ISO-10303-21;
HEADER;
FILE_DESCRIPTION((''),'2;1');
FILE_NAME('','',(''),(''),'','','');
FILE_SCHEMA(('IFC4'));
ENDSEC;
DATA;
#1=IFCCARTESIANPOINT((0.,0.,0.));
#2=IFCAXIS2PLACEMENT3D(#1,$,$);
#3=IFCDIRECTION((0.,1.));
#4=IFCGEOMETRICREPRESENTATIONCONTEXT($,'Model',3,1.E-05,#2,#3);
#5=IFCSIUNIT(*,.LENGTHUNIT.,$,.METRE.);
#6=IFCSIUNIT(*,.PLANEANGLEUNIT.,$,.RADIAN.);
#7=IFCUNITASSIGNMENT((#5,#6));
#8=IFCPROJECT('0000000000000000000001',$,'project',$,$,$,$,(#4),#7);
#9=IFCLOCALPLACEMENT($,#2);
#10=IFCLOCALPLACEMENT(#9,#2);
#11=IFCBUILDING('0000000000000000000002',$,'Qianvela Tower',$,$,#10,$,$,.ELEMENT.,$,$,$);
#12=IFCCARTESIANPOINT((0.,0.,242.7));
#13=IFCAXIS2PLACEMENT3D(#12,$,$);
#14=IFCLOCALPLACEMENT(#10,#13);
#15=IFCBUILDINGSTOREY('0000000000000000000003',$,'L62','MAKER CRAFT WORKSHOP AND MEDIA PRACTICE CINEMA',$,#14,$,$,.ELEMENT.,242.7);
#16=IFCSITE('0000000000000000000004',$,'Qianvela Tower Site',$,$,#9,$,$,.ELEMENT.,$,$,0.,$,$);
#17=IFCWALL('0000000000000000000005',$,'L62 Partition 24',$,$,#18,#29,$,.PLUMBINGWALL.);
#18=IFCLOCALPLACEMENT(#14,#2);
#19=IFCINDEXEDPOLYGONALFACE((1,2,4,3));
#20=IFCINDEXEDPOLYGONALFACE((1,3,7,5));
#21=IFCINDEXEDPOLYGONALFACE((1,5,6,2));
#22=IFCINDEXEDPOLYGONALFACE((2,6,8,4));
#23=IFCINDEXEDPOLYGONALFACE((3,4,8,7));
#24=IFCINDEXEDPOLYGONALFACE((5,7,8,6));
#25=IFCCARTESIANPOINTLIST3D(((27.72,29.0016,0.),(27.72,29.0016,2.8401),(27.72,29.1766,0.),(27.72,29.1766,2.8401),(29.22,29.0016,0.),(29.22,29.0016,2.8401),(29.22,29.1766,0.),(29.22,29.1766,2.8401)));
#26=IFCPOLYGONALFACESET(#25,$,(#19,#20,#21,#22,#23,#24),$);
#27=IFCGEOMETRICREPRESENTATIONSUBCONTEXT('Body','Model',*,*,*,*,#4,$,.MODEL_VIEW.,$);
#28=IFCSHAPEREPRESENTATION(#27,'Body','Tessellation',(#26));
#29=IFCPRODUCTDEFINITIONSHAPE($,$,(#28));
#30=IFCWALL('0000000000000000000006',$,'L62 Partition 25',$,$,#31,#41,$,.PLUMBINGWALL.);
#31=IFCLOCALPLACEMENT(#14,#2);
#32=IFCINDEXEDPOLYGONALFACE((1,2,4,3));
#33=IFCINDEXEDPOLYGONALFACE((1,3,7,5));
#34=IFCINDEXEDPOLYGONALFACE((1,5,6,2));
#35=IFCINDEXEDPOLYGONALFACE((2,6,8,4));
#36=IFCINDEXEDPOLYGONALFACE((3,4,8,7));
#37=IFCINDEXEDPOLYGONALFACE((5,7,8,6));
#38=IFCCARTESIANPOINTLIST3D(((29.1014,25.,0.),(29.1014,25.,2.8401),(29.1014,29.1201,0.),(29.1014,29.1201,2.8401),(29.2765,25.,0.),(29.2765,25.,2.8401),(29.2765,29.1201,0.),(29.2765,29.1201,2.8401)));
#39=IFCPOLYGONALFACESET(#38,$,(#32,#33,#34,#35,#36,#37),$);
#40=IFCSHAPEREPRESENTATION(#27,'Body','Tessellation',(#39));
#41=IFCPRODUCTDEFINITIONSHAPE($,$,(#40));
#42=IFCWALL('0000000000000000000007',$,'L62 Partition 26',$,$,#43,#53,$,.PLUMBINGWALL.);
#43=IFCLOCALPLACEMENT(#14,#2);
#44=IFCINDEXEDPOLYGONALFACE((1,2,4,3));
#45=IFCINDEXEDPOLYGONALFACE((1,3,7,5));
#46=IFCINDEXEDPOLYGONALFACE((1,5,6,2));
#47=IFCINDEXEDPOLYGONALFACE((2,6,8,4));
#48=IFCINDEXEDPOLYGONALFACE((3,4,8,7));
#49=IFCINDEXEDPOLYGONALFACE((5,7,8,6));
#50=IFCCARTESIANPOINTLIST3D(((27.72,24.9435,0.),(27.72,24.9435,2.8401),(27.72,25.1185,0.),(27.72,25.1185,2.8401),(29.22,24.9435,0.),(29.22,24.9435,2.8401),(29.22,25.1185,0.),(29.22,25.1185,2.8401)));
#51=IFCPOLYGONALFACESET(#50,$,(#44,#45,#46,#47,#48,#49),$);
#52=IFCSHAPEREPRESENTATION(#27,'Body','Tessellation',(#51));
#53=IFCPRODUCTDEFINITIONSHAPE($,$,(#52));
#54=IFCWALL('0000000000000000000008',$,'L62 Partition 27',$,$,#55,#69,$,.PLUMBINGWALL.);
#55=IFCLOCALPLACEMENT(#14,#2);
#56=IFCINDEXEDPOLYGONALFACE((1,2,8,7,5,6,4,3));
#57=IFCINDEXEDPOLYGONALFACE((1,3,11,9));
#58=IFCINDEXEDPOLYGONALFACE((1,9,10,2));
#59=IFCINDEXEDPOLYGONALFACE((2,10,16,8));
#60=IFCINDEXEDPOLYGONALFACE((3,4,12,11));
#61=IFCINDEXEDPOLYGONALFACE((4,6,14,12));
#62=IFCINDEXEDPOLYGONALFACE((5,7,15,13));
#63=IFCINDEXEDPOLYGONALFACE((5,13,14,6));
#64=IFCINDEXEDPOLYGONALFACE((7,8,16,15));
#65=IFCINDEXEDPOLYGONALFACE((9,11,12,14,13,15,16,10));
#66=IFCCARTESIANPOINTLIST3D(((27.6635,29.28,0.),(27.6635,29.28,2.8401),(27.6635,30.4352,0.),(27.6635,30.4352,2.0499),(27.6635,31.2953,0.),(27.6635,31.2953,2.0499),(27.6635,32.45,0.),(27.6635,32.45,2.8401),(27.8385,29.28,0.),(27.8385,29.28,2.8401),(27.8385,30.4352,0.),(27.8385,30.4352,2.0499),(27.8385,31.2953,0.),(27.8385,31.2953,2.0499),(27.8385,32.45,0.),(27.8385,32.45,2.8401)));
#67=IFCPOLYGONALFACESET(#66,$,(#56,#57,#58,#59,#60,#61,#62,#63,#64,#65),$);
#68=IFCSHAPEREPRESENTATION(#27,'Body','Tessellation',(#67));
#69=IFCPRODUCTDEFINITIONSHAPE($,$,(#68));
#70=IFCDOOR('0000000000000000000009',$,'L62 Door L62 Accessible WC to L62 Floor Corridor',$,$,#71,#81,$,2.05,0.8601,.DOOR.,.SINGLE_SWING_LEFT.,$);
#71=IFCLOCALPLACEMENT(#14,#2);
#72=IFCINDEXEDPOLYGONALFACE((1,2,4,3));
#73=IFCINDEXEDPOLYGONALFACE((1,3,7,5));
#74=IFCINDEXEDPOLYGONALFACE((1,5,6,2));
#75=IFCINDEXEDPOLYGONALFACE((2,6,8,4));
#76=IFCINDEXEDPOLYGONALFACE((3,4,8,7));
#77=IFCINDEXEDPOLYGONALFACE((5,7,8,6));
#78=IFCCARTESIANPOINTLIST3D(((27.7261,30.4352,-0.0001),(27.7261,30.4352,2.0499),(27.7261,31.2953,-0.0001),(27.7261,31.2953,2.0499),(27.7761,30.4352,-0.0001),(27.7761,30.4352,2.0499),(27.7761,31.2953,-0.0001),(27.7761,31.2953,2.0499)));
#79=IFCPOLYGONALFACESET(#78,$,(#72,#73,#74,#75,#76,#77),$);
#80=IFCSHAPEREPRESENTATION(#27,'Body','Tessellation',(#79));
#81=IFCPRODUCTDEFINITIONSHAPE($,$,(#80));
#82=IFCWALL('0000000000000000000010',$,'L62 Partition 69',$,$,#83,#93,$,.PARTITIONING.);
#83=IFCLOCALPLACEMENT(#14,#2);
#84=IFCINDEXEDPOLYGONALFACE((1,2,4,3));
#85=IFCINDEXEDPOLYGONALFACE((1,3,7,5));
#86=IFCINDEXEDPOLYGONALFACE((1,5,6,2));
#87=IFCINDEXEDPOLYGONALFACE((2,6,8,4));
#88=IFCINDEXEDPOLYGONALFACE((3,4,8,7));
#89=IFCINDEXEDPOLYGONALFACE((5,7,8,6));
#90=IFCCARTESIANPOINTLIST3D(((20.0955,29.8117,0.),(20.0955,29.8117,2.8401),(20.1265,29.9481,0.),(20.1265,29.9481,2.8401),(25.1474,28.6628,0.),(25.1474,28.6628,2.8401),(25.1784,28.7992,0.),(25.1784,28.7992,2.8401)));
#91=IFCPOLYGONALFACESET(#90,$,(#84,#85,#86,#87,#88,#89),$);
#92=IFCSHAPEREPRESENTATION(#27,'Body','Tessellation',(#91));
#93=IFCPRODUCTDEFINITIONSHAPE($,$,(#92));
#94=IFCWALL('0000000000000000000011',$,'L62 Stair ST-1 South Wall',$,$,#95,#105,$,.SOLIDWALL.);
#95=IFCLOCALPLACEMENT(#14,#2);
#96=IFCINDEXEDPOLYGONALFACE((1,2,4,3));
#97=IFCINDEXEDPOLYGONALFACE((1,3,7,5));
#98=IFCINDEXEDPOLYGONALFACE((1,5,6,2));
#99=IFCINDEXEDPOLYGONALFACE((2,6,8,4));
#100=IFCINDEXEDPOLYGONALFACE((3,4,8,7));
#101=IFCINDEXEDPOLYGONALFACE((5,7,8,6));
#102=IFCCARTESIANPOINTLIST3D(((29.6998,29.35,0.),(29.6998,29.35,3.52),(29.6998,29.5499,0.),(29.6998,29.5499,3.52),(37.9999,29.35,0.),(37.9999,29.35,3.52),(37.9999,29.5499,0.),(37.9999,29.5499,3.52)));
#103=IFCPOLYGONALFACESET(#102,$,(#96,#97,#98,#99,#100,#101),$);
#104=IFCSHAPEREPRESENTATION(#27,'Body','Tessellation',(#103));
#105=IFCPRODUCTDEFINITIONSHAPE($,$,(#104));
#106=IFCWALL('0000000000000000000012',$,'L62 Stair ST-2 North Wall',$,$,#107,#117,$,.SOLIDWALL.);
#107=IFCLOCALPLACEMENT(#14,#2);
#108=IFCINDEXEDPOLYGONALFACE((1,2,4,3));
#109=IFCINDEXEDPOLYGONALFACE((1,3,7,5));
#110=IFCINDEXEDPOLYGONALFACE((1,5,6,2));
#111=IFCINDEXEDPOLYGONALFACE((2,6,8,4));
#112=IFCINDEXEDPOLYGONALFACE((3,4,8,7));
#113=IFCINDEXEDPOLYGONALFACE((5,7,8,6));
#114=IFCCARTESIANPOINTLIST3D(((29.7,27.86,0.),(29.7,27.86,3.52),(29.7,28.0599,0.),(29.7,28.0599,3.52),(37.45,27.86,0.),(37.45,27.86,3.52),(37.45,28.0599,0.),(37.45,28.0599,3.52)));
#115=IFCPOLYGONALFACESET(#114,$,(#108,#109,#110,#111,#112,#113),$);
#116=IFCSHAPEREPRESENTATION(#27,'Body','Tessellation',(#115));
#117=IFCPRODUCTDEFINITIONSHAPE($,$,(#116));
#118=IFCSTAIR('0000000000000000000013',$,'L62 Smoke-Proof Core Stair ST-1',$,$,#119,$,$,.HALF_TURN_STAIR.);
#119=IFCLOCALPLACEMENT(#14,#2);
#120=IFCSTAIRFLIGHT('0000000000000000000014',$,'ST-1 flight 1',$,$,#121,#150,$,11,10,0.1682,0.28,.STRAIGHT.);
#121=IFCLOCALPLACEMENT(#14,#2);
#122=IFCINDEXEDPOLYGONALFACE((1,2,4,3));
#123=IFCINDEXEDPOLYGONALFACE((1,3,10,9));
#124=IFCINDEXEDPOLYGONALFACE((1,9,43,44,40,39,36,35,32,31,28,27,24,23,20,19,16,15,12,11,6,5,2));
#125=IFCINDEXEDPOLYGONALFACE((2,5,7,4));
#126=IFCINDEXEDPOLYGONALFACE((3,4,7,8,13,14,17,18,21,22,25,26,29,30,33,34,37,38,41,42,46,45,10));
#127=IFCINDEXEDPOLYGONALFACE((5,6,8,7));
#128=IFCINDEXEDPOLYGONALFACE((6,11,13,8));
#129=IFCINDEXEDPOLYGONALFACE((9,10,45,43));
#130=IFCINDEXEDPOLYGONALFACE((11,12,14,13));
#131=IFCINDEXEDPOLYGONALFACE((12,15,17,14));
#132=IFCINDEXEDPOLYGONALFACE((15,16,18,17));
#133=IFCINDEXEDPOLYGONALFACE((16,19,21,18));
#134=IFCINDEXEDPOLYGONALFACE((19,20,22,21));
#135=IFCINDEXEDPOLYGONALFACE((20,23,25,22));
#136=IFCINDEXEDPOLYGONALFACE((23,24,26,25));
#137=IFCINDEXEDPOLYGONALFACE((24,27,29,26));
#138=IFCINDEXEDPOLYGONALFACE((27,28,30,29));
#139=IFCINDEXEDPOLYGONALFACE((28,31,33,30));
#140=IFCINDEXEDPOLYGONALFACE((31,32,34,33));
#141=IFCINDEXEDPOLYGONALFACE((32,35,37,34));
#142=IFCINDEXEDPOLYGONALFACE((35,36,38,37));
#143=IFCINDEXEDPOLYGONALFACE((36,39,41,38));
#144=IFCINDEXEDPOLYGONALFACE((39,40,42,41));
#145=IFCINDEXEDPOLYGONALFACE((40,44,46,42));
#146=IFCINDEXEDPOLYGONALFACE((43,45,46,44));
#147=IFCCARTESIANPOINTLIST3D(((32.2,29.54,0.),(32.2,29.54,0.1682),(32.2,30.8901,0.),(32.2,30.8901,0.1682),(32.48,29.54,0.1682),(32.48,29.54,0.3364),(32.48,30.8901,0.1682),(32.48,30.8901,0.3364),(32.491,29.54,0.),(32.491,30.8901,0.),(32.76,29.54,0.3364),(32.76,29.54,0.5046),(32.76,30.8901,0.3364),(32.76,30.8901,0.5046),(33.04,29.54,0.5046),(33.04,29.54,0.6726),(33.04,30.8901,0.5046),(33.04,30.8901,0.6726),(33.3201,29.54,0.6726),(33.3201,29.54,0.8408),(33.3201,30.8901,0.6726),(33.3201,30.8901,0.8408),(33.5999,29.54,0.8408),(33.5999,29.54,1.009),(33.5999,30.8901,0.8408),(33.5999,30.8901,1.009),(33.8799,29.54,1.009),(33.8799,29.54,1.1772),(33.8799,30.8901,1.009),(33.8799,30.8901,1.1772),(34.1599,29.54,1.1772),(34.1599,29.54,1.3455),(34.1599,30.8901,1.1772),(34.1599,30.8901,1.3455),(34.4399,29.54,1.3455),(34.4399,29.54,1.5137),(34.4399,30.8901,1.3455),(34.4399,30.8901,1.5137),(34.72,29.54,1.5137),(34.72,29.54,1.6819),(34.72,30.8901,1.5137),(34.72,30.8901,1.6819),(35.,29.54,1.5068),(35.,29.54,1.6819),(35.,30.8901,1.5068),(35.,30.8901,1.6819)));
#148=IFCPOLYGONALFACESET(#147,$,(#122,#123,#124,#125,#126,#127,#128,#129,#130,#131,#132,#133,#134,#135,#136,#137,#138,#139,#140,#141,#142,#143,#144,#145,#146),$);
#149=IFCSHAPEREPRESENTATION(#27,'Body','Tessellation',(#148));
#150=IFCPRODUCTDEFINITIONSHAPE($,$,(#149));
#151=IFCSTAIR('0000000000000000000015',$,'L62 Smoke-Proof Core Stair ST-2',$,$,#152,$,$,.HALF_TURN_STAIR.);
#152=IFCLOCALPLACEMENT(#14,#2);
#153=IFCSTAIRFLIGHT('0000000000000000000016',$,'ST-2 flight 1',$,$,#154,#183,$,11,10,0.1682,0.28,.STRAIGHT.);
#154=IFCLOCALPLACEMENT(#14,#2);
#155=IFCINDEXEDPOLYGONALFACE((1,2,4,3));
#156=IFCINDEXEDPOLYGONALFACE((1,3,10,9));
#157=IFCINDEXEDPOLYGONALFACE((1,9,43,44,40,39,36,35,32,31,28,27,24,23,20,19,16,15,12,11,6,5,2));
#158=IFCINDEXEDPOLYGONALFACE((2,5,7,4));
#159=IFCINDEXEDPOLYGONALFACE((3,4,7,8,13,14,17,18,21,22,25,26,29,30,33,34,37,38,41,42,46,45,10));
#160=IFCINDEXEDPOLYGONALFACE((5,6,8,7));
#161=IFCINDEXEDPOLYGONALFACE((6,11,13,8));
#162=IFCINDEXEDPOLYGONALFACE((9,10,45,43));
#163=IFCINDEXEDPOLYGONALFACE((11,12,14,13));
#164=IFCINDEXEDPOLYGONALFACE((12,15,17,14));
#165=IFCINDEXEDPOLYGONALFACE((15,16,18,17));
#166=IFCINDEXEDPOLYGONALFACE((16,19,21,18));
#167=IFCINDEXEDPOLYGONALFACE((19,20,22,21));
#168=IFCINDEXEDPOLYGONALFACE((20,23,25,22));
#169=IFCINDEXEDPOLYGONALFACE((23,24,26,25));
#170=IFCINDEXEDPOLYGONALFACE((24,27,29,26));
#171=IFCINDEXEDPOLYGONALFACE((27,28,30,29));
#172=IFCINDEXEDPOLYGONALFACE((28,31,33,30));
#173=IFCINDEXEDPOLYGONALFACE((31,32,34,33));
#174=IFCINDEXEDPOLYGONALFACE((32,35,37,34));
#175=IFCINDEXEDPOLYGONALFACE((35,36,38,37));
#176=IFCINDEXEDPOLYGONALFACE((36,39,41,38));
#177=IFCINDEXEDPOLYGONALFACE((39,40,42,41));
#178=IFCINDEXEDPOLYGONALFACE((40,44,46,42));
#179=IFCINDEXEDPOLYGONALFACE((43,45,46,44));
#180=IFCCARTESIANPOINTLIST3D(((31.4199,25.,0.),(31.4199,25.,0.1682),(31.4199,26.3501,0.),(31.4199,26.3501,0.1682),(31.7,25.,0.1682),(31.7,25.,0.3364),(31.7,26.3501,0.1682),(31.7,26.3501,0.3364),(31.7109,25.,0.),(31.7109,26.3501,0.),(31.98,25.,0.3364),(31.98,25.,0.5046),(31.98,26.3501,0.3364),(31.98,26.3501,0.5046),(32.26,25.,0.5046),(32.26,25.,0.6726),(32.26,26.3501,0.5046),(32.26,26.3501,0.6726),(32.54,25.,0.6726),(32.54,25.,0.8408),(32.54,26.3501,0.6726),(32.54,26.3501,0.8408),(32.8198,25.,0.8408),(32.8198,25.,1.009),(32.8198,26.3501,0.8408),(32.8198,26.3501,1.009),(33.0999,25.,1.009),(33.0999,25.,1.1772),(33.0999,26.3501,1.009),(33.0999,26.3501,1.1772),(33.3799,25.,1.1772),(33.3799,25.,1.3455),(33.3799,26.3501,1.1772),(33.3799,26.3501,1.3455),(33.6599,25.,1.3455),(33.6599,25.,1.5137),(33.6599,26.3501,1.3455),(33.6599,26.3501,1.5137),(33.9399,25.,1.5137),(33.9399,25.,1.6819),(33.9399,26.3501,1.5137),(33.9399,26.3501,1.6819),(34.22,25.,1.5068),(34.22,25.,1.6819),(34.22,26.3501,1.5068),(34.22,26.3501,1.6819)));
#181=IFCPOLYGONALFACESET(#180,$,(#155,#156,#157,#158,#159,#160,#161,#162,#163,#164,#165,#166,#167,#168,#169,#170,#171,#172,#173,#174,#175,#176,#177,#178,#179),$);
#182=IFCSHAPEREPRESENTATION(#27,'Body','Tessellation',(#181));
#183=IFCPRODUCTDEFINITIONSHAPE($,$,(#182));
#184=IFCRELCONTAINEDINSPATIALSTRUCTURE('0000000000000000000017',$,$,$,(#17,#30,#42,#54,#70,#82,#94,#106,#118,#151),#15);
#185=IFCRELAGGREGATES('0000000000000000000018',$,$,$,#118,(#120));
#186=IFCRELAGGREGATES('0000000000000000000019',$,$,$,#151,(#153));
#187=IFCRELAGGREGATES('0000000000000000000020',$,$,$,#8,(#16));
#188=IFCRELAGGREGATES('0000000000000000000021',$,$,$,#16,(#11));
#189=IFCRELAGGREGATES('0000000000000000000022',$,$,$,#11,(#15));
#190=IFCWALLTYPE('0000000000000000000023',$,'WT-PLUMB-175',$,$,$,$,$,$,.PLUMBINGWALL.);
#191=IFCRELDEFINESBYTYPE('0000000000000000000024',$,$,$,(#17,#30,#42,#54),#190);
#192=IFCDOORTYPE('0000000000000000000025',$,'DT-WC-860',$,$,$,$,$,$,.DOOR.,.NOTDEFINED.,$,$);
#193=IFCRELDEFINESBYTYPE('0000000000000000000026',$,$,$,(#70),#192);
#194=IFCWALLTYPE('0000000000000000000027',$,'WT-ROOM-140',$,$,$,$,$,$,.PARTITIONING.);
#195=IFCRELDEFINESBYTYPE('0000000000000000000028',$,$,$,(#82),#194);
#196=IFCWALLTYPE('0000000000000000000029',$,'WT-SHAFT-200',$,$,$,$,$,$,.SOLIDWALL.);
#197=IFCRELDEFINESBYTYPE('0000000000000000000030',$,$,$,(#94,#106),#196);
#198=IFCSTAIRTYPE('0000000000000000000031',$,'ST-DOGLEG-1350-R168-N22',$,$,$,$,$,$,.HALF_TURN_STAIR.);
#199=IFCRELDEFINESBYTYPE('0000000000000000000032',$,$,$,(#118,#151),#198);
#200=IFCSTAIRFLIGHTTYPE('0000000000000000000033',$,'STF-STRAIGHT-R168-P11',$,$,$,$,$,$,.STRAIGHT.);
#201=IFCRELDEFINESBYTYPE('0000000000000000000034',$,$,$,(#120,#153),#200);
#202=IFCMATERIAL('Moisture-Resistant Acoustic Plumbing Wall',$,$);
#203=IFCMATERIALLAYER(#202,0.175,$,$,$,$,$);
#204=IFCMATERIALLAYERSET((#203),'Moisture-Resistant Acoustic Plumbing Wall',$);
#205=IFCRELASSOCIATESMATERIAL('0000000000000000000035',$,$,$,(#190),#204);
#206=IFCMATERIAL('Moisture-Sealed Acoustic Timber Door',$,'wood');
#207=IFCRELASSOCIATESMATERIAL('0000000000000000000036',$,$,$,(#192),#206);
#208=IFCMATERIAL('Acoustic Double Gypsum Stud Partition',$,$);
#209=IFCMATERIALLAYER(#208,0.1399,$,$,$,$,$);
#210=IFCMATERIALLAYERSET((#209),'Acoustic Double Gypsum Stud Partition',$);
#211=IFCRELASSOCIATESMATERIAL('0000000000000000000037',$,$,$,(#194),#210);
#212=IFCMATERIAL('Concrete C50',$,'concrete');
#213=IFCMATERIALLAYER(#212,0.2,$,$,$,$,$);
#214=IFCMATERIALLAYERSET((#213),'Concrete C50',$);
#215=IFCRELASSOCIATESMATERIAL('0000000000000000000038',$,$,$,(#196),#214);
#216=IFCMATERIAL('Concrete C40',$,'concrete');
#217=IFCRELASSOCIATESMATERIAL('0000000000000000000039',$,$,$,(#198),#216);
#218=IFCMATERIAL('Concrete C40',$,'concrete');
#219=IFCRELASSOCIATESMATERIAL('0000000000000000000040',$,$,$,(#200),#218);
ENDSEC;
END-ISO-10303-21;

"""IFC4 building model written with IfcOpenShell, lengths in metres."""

from ifc_helpers import new_model, si_unit, direction, frame, frame_2d, origin, place, context, subcontext, project, spatial, polyline, rectangle, outline, extrude, material, layer, layer_set, type_object, element, fill, aggregate, save


model = new_model("IFC4")

# Units and contexts
model_context = context("Model", 3, precision=1e-05, world=origin(), true_north=direction((0.0, 1.0)))
body_context = subcontext(model_context, "Body", "Model", "MODEL_VIEW")
ifc_project = project(units=[si_unit("LENGTHUNIT", "METRE"), si_unit("PLANEANGLEUNIT", "RADIAN")], contexts=[model_context])

# Site, building, storey
site_placement = place(None, origin())
site = spatial("IfcSite", under=ifc_project, at=site_placement, Name="Qianvela Tower Site", CompositionType="ELEMENT", RefElevation=0.0)
building_placement = place(site_placement, origin())
building = spatial("IfcBuilding", under=site, at=building_placement, Name="Qianvela Tower", CompositionType="ELEMENT")
storey_placement = place(building_placement, frame((0.0, 0.0, 242.7)))
storey = spatial("IfcBuildingStorey", under=building, at=storey_placement, Name="L62", Description="MAKER CRAFT WORKSHOP AND MEDIA PRACTICE CINEMA", CompositionType="ELEMENT", Elevation=242.7)

# Shared definitions
ifc_material_1 = material(Name="Moisture-Resistant Acoustic Plumbing Wall")
ifc_layer_1 = layer(ifc_material_1, 0.175)
ifc_layer_set_1 = layer_set([ifc_layer_1], Name="Moisture-Resistant Acoustic Plumbing Wall")
wall_type_1 = type_object("IfcWallType", Name="WT-PLUMB-175", PredefinedType="PLUMBINGWALL", material=ifc_layer_set_1)

# Walls
wall_1_placement = place(storey_placement, frame((27.72, 29.0891, 0.0), z_axis=(0.0, 0.0, 1.0), x_axis=(1.0, 0.0, 0.0)))
element("IfcWall", 1, at=wall_1_placement, inside=storey, type_object=wall_type_1, Name="L62 Partition 24", PredefinedType="PLUMBINGWALL", context=body_context, shape_type="SweptSolid", body=[
    extrude(rectangle(XDim=1.5, YDim=0.175, at=frame_2d((0.75, 0.0))), origin(), (0.0, 0.0, 1.0), 2.8401),
])
wall_2_placement = place(storey_placement, frame((29.189, 29.1201, 0.0), z_axis=(0.0, 0.0, 1.0), x_axis=(0.0, -1.0, 0.0)))
element("IfcWall", 2, at=wall_2_placement, inside=storey, type_object=wall_type_1, Name="L62 Partition 25", PredefinedType="PLUMBINGWALL", context=body_context, shape_type="SweptSolid", body=[
    extrude(rectangle(XDim=4.1201, YDim=0.175, at=frame_2d((2.0601, 0.0))), origin(), (0.0, 0.0, 1.0), 2.8401),
])
wall_3_placement = place(storey_placement, frame((29.22, 25.031, 0.0), z_axis=(0.0, 0.0, 1.0), x_axis=(-1.0, 0.0, 0.0)))
element("IfcWall", 3, at=wall_3_placement, inside=storey, type_object=wall_type_1, Name="L62 Partition 26", PredefinedType="PLUMBINGWALL", context=body_context, shape_type="SweptSolid", body=[
    extrude(rectangle(XDim=1.5, YDim=0.175, at=frame_2d((0.75, 0.0))), origin(), (0.0, 0.0, 1.0), 2.8401),
])

# Wall, opening, door
wall_4_placement = place(storey_placement, frame((27.751, 29.28, 0.0), z_axis=(0.0, 0.0, 1.0), x_axis=(0.0, 1.0, 0.0)))
wall_4 = element("IfcWall", 4, at=wall_4_placement, inside=storey, type_object=wall_type_1, Name="L62 Partition 27", PredefinedType="PLUMBINGWALL", context=body_context, shape_type="SweptSolid", body=[
    extrude(rectangle(XDim=3.1699, YDim=0.175, at=frame_2d((1.585, 0.0))), origin(), (0.0, 0.0, 1.0), 2.8401),
])
opening_1_placement = place(wall_4_placement, frame((1.155, 0.0, 0.0)))
opening_1 = element("IfcOpeningElement", 5, at=opening_1_placement, cuts=wall_4, PredefinedType="OPENING", context=body_context, shape_type="SweptSolid", body=[
    extrude(rectangle(XDim=0.8601, YDim=2.05, at=frame_2d((0.4302, 1.0249))), frame((0.0, 0.0974, 0.0), z_axis=(0.0, -1.0, 0.0), x_axis=(1.0, 0.0, 0.0)), (0.0, 0.0, 1.0), 0.1951),
])
ifc_material_2 = material(Name="Moisture-Sealed Acoustic Timber Door", Category="wood")
door_type_1 = type_object("IfcDoorType", Name="DT-WC-860", OperationType="NOTDEFINED", PredefinedType="DOOR", material=ifc_material_2)
door_1_placement = place(opening_1_placement, origin())
door_1 = element("IfcDoor", 6, at=door_1_placement, inside=storey, type_object=door_type_1, Name="L62 Door L62 Accessible WC to L62 Floor Corridor", OperationType="SINGLE_SWING_LEFT", OverallHeight=2.05, OverallWidth=0.8601, PredefinedType="DOOR", context=body_context, shape_type="SweptSolid", body=[
    extrude(rectangle(XDim=0.8601, YDim=2.05, at=frame_2d((0.4302, 1.0249))), frame((0.0, 0.0249, 0.0), z_axis=(0.0, -1.0, 0.0), x_axis=(1.0, 0.0, 0.0)), (0.0, 0.0, 1.0), 0.05),
])
fill(opening_1, door_1)

# Walls
ifc_material_3 = material(Name="Acoustic Double Gypsum Stud Partition")
ifc_layer_2 = layer(ifc_material_3, 0.1399)
ifc_layer_set_2 = layer_set([ifc_layer_2], Name="Acoustic Double Gypsum Stud Partition")
wall_type_2 = type_object("IfcWallType", Name="WT-ROOM-140", PredefinedType="PARTITIONING", material=ifc_layer_set_2)
wall_5_placement = place(storey_placement, frame((20.1111, 29.8799, 0.0), z_axis=(0.0, 0.0, 1.0), x_axis=(0.975102, -0.221758, 0.0)))
element("IfcWall", 7, at=wall_5_placement, inside=storey, type_object=wall_type_2, Name="L62 Partition 69", PredefinedType="PARTITIONING", context=body_context, shape_type="SweptSolid", body=[
    extrude(rectangle(XDim=5.1809, YDim=0.1399, at=frame_2d((2.5903, 0.0))), origin(), (0.0, 0.0, 1.0), 2.8401),
])
ifc_material_4 = material(Name="Concrete C50", Category="concrete")
ifc_layer_3 = layer(ifc_material_4, 0.2)
ifc_layer_set_3 = layer_set([ifc_layer_3], Name="Concrete C50")
wall_type_3 = type_object("IfcWallType", Name="WT-SHAFT-200", PredefinedType="SOLIDWALL", material=ifc_layer_set_3)
wall_6_placement = place(storey_placement, frame((29.7, 29.45, 0.0), z_axis=(0.0, 0.0, 1.0), x_axis=(1.0, 0.0, 0.0)))
element("IfcWall", 8, at=wall_6_placement, inside=storey, type_object=wall_type_3, Name="L62 Stair ST-1 South Wall", PredefinedType="SOLIDWALL", context=body_context, shape_type="SweptSolid", body=[
    extrude(rectangle(XDim=8.3, YDim=0.2, at=frame_2d((4.1499, 0.0))), origin(), (0.0, 0.0, 1.0), 3.52),
])
wall_7_placement = place(storey_placement, frame((29.7, 27.96, 0.0), z_axis=(0.0, 0.0, 1.0), x_axis=(1.0, 0.0, 0.0)))
element("IfcWall", 9, at=wall_7_placement, inside=storey, type_object=wall_type_3, Name="L62 Stair ST-2 North Wall", PredefinedType="SOLIDWALL", context=body_context, shape_type="SweptSolid", body=[
    extrude(rectangle(XDim=7.75, YDim=0.2, at=frame_2d((3.875, 0.0))), origin(), (0.0, 0.0, 1.0), 3.52),
])

# Stairs, stair flights
ifc_material_5 = material(Name="Concrete C40", Category="concrete")
stair_type = type_object("IfcStairType", Name="ST-DOGLEG-1350-R168-N22", PredefinedType="HALF_TURN_STAIR", material=ifc_material_5)
stair_1_placement = place(storey_placement, origin())
stair_1 = element("IfcStair", 10, at=stair_1_placement, inside=storey, type_object=stair_type, Name="L62 Smoke-Proof Core Stair ST-1", PredefinedType="HALF_TURN_STAIR")
ifc_material_6 = material(Name="Concrete C40", Category="concrete")
stair_flight_type = type_object("IfcStairFlightType", Name="STF-STRAIGHT-R168-P11", PredefinedType="STRAIGHT", material=ifc_material_6)
stair_flight_1_placement = place(storey_placement, frame((32.2, 30.2151, 0.0), z_axis=(0.0, 0.0, 1.0), x_axis=(1.0, 0.0, 0.0)))
stair_flight_1 = element("IfcStairFlight", 11, at=stair_flight_1_placement, type_object=stair_flight_type, Name="ST-1 flight 1", NumberOfRisers=11, NumberOfTreads=10, PredefinedType="STRAIGHT", RiserHeight=0.1682, TreadLength=0.28, context=body_context, shape_type="SweptSolid", body=[
    extrude(outline(polyline([(0.0, 0.0), (0.0, 0.1682), (0.28, 0.1682), (0.28, 0.3364), (0.5601, 0.3364), (0.5601, 0.5046), (0.8401, 0.5046), (0.8401, 0.6726), (1.1201, 0.6726), (1.1201, 0.8408), (1.3999, 0.8408), (1.3999, 1.009), (1.6799, 1.009), (1.6799, 1.1772), (1.96, 1.1772), (1.96, 1.3455), (2.24, 1.3455), (2.24, 1.5137), (2.52, 1.5137), (2.52, 1.6819), (2.8, 1.6819), (2.8, 1.8501), (2.8, 1.5068), (0.291, 0.0), (0.0, 0.0)])), frame((0.0, 0.675, 0.0), z_axis=(0.0, -1.0, 0.0), x_axis=(1.0, 0.0, 0.0)), (0.0, 0.0, 1.0), 1.3501),
])
aggregate(stair_1, [stair_flight_1])
stair_2_placement = place(storey_placement, origin())
stair_2 = element("IfcStair", 12, at=stair_2_placement, inside=storey, type_object=stair_type, Name="L62 Smoke-Proof Core Stair ST-2", PredefinedType="HALF_TURN_STAIR")
stair_flight_2_placement = place(storey_placement, frame((31.4199, 25.675, 0.0), z_axis=(0.0, 0.0, 1.0), x_axis=(1.0, 0.0, 0.0)))
stair_flight_2 = element("IfcStairFlight", 13, at=stair_flight_2_placement, type_object=stair_flight_type, Name="ST-2 flight 1", NumberOfRisers=11, NumberOfTreads=10, PredefinedType="STRAIGHT", RiserHeight=0.1682, TreadLength=0.28, context=body_context, shape_type="SweptSolid", body=[
    extrude(outline(polyline([(0.0, 0.0), (0.0, 0.1682), (0.28, 0.1682), (0.28, 0.3364), (0.5601, 0.3364), (0.5601, 0.5046), (0.8401, 0.5046), (0.8401, 0.6726), (1.1201, 0.6726), (1.1201, 0.8408), (1.3999, 0.8408), (1.3999, 1.009), (1.6799, 1.009), (1.6799, 1.1772), (1.96, 1.1772), (1.96, 1.3455), (2.24, 1.3455), (2.24, 1.5137), (2.52, 1.5137), (2.52, 1.6819), (2.8, 1.6819), (2.8, 1.8501), (2.8, 1.5068), (0.291, 0.0), (0.0, 0.0)])), frame((0.0, 0.675, 0.0), z_axis=(0.0, -1.0, 0.0), x_axis=(1.0, 0.0, 0.0)), (0.0, 0.0, 1.0), 1.3501),
])
aggregate(stair_2, [stair_flight_2])

save(model, "model.ifc")
